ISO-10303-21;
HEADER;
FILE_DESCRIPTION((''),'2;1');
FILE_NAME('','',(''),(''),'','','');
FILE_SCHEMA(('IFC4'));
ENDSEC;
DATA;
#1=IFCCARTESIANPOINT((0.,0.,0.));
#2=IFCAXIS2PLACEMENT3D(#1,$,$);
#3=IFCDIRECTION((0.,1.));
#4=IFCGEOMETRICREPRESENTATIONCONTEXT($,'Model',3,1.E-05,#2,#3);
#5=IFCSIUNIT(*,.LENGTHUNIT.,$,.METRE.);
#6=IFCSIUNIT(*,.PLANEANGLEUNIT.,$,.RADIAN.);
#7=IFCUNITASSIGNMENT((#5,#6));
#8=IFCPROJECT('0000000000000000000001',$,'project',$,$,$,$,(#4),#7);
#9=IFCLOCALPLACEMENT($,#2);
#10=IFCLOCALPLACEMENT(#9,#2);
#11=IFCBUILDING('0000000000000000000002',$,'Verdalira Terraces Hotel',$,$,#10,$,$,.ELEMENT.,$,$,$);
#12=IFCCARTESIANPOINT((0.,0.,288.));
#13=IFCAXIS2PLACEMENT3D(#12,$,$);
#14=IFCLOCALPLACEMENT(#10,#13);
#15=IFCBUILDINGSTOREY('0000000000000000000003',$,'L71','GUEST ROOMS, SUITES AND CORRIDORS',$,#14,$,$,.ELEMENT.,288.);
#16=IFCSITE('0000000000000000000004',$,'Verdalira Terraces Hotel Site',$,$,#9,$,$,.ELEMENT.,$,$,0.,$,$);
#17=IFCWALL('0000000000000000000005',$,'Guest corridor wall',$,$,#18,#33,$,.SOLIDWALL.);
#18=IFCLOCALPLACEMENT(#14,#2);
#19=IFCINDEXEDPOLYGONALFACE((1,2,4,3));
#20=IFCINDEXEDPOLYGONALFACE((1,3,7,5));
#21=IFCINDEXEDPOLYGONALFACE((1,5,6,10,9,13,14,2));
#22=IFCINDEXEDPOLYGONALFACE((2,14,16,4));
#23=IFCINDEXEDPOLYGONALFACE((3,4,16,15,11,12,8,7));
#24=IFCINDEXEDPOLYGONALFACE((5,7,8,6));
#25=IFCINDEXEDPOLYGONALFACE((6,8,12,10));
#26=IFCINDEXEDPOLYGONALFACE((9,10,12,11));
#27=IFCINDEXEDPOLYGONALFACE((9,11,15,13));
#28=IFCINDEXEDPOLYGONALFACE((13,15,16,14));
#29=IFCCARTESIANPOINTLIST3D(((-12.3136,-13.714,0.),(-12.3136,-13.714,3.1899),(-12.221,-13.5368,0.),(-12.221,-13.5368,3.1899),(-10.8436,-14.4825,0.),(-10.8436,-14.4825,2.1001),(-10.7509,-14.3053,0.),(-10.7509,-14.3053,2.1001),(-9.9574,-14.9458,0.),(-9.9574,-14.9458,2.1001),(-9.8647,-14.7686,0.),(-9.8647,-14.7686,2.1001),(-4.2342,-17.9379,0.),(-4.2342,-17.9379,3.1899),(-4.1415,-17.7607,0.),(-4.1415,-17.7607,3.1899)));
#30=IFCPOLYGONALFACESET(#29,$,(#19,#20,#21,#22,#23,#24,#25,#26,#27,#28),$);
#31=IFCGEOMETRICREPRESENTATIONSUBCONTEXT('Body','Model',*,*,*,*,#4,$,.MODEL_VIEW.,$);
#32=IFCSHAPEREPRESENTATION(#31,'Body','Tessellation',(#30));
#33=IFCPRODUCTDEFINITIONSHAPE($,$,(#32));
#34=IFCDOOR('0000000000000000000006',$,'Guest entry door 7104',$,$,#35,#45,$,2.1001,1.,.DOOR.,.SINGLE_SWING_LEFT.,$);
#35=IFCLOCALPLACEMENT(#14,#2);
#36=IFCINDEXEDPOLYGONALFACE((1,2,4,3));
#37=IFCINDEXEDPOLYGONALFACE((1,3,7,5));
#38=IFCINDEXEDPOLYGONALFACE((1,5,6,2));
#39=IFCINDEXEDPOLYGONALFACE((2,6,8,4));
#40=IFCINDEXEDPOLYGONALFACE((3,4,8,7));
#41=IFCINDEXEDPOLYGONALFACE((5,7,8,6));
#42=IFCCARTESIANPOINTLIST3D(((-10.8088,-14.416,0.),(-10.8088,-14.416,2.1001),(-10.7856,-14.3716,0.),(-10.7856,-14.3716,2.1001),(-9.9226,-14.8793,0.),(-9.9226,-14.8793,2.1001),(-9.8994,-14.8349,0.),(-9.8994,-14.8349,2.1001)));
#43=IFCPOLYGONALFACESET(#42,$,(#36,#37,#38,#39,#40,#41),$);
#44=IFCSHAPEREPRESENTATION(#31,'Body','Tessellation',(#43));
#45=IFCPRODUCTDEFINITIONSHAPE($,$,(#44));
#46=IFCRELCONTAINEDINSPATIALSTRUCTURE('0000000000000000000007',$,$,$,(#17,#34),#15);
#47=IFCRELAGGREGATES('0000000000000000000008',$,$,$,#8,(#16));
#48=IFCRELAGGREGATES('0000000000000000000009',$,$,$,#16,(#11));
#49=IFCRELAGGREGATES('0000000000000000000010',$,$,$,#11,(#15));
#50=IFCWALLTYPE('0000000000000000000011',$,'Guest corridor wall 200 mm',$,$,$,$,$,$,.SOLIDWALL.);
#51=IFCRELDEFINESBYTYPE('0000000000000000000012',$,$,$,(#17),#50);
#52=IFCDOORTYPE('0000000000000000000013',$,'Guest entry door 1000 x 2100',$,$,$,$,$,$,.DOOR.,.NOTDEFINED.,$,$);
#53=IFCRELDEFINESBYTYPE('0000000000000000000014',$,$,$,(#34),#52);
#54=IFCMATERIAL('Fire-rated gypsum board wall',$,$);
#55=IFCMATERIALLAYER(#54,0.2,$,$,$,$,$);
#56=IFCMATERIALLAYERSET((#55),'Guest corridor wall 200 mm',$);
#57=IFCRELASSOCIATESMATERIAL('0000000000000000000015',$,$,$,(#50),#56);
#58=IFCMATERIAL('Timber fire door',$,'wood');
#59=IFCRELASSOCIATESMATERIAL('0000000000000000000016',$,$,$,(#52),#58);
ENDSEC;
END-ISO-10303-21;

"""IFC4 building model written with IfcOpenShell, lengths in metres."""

from ifc_helpers import new_model, si_unit, direction, frame, frame_2d, origin, place, context, subcontext, project, spatial, rectangle, extrude, material, layer, layer_set, type_object, element, fill, save


model = new_model("IFC4")

# Units and contexts
model_context = context("Model", 3, precision=1e-05, world=origin(), true_north=direction((0.0, 1.0)))
body_context = subcontext(model_context, "Body", "Model", "MODEL_VIEW")
ifc_project = project(units=[si_unit("LENGTHUNIT", "METRE"), si_unit("PLANEANGLEUNIT", "RADIAN")], contexts=[model_context])

# Site, building, storey
site_placement = place(None, origin())
site = spatial("IfcSite", under=ifc_project, at=site_placement, Name="Verdalira Terraces Hotel Site", CompositionType="ELEMENT", RefElevation=0.0)
building_placement = place(site_placement, origin())
building = spatial("IfcBuilding", under=site, at=building_placement, Name="Verdalira Terraces Hotel", CompositionType="ELEMENT")
storey_placement = place(building_placement, frame((0.0, 0.0, 288.0)))
storey = spatial("IfcBuildingStorey", under=building, at=storey_placement, Name="L71", Description="GUEST ROOMS, SUITES AND CORRIDORS", CompositionType="ELEMENT", Elevation=288.0)

# Wall, opening, door
ifc_material_1 = material(Name="Fire-rated gypsum board wall")
ifc_layer_1 = layer(ifc_material_1, 0.2)
ifc_layer_set_1 = layer_set([ifc_layer_1], Name="Guest corridor wall 200 mm")
wall_type_1 = type_object("IfcWallType", Name="Guest corridor wall 200 mm", PredefinedType="SOLIDWALL", material=ifc_layer_set_1)
wall_1_placement = place(storey_placement, frame((-4.1877, -17.8494, 0.0), z_axis=(0.0, 0.0, 1.0), x_axis=(-0.886199, 0.463304, 0.0)))
wall_1 = element("IfcWall", 1, at=wall_1_placement, inside=storey, type_object=wall_type_1, Name="Guest corridor wall", PredefinedType="SOLIDWALL", context=body_context, shape_type="SweptSolid", body=[
    extrude(rectangle(XDim=9.1169, YDim=0.2, at=frame_2d((4.5586, 0.0))), origin(), (0.0, 0.0, 1.0), 3.1899),
])
opening_1_placement = place(wall_1_placement, frame((6.4583, 0.0, 0.0)))
opening_1 = element("IfcOpeningElement", 2, at=opening_1_placement, cuts=wall_1, PredefinedType="OPENING", context=body_context, shape_type="SweptSolid", body=[
    extrude(rectangle(XDim=1.0, YDim=2.1001, at=frame_2d((0.5, 1.05))), frame((0.0, 0.1099, 0.0), z_axis=(0.0, -1.0, 0.0), x_axis=(1.0, 0.0, 0.0)), (0.0, 0.0, 1.0), 0.22),
])
ifc_material_2 = material(Name="Timber fire door", Category="wood")
door_type_1 = type_object("IfcDoorType", Name="Guest entry door 1000 x 2100", OperationType="NOTDEFINED", PredefinedType="DOOR", material=ifc_material_2)
door_1_placement = place(opening_1_placement, origin())
door_1 = element("IfcDoor", 3, at=door_1_placement, inside=storey, type_object=door_type_1, Name="Guest entry door 7104", OperationType="SINGLE_SWING_LEFT", OverallHeight=2.1001, OverallWidth=1.0, PredefinedType="DOOR", context=body_context, shape_type="SweptSolid", body=[
    extrude(rectangle(XDim=1.0, YDim=2.1001, at=frame_2d((0.5, 1.05))), frame((0.0, 0.0249, 0.0), z_axis=(0.0, -1.0, 0.0), x_axis=(1.0, 0.0, 0.0)), (0.0, 0.0, 1.0), 0.05),
])
fill(opening_1, door_1)

save(model, "model.ifc")
